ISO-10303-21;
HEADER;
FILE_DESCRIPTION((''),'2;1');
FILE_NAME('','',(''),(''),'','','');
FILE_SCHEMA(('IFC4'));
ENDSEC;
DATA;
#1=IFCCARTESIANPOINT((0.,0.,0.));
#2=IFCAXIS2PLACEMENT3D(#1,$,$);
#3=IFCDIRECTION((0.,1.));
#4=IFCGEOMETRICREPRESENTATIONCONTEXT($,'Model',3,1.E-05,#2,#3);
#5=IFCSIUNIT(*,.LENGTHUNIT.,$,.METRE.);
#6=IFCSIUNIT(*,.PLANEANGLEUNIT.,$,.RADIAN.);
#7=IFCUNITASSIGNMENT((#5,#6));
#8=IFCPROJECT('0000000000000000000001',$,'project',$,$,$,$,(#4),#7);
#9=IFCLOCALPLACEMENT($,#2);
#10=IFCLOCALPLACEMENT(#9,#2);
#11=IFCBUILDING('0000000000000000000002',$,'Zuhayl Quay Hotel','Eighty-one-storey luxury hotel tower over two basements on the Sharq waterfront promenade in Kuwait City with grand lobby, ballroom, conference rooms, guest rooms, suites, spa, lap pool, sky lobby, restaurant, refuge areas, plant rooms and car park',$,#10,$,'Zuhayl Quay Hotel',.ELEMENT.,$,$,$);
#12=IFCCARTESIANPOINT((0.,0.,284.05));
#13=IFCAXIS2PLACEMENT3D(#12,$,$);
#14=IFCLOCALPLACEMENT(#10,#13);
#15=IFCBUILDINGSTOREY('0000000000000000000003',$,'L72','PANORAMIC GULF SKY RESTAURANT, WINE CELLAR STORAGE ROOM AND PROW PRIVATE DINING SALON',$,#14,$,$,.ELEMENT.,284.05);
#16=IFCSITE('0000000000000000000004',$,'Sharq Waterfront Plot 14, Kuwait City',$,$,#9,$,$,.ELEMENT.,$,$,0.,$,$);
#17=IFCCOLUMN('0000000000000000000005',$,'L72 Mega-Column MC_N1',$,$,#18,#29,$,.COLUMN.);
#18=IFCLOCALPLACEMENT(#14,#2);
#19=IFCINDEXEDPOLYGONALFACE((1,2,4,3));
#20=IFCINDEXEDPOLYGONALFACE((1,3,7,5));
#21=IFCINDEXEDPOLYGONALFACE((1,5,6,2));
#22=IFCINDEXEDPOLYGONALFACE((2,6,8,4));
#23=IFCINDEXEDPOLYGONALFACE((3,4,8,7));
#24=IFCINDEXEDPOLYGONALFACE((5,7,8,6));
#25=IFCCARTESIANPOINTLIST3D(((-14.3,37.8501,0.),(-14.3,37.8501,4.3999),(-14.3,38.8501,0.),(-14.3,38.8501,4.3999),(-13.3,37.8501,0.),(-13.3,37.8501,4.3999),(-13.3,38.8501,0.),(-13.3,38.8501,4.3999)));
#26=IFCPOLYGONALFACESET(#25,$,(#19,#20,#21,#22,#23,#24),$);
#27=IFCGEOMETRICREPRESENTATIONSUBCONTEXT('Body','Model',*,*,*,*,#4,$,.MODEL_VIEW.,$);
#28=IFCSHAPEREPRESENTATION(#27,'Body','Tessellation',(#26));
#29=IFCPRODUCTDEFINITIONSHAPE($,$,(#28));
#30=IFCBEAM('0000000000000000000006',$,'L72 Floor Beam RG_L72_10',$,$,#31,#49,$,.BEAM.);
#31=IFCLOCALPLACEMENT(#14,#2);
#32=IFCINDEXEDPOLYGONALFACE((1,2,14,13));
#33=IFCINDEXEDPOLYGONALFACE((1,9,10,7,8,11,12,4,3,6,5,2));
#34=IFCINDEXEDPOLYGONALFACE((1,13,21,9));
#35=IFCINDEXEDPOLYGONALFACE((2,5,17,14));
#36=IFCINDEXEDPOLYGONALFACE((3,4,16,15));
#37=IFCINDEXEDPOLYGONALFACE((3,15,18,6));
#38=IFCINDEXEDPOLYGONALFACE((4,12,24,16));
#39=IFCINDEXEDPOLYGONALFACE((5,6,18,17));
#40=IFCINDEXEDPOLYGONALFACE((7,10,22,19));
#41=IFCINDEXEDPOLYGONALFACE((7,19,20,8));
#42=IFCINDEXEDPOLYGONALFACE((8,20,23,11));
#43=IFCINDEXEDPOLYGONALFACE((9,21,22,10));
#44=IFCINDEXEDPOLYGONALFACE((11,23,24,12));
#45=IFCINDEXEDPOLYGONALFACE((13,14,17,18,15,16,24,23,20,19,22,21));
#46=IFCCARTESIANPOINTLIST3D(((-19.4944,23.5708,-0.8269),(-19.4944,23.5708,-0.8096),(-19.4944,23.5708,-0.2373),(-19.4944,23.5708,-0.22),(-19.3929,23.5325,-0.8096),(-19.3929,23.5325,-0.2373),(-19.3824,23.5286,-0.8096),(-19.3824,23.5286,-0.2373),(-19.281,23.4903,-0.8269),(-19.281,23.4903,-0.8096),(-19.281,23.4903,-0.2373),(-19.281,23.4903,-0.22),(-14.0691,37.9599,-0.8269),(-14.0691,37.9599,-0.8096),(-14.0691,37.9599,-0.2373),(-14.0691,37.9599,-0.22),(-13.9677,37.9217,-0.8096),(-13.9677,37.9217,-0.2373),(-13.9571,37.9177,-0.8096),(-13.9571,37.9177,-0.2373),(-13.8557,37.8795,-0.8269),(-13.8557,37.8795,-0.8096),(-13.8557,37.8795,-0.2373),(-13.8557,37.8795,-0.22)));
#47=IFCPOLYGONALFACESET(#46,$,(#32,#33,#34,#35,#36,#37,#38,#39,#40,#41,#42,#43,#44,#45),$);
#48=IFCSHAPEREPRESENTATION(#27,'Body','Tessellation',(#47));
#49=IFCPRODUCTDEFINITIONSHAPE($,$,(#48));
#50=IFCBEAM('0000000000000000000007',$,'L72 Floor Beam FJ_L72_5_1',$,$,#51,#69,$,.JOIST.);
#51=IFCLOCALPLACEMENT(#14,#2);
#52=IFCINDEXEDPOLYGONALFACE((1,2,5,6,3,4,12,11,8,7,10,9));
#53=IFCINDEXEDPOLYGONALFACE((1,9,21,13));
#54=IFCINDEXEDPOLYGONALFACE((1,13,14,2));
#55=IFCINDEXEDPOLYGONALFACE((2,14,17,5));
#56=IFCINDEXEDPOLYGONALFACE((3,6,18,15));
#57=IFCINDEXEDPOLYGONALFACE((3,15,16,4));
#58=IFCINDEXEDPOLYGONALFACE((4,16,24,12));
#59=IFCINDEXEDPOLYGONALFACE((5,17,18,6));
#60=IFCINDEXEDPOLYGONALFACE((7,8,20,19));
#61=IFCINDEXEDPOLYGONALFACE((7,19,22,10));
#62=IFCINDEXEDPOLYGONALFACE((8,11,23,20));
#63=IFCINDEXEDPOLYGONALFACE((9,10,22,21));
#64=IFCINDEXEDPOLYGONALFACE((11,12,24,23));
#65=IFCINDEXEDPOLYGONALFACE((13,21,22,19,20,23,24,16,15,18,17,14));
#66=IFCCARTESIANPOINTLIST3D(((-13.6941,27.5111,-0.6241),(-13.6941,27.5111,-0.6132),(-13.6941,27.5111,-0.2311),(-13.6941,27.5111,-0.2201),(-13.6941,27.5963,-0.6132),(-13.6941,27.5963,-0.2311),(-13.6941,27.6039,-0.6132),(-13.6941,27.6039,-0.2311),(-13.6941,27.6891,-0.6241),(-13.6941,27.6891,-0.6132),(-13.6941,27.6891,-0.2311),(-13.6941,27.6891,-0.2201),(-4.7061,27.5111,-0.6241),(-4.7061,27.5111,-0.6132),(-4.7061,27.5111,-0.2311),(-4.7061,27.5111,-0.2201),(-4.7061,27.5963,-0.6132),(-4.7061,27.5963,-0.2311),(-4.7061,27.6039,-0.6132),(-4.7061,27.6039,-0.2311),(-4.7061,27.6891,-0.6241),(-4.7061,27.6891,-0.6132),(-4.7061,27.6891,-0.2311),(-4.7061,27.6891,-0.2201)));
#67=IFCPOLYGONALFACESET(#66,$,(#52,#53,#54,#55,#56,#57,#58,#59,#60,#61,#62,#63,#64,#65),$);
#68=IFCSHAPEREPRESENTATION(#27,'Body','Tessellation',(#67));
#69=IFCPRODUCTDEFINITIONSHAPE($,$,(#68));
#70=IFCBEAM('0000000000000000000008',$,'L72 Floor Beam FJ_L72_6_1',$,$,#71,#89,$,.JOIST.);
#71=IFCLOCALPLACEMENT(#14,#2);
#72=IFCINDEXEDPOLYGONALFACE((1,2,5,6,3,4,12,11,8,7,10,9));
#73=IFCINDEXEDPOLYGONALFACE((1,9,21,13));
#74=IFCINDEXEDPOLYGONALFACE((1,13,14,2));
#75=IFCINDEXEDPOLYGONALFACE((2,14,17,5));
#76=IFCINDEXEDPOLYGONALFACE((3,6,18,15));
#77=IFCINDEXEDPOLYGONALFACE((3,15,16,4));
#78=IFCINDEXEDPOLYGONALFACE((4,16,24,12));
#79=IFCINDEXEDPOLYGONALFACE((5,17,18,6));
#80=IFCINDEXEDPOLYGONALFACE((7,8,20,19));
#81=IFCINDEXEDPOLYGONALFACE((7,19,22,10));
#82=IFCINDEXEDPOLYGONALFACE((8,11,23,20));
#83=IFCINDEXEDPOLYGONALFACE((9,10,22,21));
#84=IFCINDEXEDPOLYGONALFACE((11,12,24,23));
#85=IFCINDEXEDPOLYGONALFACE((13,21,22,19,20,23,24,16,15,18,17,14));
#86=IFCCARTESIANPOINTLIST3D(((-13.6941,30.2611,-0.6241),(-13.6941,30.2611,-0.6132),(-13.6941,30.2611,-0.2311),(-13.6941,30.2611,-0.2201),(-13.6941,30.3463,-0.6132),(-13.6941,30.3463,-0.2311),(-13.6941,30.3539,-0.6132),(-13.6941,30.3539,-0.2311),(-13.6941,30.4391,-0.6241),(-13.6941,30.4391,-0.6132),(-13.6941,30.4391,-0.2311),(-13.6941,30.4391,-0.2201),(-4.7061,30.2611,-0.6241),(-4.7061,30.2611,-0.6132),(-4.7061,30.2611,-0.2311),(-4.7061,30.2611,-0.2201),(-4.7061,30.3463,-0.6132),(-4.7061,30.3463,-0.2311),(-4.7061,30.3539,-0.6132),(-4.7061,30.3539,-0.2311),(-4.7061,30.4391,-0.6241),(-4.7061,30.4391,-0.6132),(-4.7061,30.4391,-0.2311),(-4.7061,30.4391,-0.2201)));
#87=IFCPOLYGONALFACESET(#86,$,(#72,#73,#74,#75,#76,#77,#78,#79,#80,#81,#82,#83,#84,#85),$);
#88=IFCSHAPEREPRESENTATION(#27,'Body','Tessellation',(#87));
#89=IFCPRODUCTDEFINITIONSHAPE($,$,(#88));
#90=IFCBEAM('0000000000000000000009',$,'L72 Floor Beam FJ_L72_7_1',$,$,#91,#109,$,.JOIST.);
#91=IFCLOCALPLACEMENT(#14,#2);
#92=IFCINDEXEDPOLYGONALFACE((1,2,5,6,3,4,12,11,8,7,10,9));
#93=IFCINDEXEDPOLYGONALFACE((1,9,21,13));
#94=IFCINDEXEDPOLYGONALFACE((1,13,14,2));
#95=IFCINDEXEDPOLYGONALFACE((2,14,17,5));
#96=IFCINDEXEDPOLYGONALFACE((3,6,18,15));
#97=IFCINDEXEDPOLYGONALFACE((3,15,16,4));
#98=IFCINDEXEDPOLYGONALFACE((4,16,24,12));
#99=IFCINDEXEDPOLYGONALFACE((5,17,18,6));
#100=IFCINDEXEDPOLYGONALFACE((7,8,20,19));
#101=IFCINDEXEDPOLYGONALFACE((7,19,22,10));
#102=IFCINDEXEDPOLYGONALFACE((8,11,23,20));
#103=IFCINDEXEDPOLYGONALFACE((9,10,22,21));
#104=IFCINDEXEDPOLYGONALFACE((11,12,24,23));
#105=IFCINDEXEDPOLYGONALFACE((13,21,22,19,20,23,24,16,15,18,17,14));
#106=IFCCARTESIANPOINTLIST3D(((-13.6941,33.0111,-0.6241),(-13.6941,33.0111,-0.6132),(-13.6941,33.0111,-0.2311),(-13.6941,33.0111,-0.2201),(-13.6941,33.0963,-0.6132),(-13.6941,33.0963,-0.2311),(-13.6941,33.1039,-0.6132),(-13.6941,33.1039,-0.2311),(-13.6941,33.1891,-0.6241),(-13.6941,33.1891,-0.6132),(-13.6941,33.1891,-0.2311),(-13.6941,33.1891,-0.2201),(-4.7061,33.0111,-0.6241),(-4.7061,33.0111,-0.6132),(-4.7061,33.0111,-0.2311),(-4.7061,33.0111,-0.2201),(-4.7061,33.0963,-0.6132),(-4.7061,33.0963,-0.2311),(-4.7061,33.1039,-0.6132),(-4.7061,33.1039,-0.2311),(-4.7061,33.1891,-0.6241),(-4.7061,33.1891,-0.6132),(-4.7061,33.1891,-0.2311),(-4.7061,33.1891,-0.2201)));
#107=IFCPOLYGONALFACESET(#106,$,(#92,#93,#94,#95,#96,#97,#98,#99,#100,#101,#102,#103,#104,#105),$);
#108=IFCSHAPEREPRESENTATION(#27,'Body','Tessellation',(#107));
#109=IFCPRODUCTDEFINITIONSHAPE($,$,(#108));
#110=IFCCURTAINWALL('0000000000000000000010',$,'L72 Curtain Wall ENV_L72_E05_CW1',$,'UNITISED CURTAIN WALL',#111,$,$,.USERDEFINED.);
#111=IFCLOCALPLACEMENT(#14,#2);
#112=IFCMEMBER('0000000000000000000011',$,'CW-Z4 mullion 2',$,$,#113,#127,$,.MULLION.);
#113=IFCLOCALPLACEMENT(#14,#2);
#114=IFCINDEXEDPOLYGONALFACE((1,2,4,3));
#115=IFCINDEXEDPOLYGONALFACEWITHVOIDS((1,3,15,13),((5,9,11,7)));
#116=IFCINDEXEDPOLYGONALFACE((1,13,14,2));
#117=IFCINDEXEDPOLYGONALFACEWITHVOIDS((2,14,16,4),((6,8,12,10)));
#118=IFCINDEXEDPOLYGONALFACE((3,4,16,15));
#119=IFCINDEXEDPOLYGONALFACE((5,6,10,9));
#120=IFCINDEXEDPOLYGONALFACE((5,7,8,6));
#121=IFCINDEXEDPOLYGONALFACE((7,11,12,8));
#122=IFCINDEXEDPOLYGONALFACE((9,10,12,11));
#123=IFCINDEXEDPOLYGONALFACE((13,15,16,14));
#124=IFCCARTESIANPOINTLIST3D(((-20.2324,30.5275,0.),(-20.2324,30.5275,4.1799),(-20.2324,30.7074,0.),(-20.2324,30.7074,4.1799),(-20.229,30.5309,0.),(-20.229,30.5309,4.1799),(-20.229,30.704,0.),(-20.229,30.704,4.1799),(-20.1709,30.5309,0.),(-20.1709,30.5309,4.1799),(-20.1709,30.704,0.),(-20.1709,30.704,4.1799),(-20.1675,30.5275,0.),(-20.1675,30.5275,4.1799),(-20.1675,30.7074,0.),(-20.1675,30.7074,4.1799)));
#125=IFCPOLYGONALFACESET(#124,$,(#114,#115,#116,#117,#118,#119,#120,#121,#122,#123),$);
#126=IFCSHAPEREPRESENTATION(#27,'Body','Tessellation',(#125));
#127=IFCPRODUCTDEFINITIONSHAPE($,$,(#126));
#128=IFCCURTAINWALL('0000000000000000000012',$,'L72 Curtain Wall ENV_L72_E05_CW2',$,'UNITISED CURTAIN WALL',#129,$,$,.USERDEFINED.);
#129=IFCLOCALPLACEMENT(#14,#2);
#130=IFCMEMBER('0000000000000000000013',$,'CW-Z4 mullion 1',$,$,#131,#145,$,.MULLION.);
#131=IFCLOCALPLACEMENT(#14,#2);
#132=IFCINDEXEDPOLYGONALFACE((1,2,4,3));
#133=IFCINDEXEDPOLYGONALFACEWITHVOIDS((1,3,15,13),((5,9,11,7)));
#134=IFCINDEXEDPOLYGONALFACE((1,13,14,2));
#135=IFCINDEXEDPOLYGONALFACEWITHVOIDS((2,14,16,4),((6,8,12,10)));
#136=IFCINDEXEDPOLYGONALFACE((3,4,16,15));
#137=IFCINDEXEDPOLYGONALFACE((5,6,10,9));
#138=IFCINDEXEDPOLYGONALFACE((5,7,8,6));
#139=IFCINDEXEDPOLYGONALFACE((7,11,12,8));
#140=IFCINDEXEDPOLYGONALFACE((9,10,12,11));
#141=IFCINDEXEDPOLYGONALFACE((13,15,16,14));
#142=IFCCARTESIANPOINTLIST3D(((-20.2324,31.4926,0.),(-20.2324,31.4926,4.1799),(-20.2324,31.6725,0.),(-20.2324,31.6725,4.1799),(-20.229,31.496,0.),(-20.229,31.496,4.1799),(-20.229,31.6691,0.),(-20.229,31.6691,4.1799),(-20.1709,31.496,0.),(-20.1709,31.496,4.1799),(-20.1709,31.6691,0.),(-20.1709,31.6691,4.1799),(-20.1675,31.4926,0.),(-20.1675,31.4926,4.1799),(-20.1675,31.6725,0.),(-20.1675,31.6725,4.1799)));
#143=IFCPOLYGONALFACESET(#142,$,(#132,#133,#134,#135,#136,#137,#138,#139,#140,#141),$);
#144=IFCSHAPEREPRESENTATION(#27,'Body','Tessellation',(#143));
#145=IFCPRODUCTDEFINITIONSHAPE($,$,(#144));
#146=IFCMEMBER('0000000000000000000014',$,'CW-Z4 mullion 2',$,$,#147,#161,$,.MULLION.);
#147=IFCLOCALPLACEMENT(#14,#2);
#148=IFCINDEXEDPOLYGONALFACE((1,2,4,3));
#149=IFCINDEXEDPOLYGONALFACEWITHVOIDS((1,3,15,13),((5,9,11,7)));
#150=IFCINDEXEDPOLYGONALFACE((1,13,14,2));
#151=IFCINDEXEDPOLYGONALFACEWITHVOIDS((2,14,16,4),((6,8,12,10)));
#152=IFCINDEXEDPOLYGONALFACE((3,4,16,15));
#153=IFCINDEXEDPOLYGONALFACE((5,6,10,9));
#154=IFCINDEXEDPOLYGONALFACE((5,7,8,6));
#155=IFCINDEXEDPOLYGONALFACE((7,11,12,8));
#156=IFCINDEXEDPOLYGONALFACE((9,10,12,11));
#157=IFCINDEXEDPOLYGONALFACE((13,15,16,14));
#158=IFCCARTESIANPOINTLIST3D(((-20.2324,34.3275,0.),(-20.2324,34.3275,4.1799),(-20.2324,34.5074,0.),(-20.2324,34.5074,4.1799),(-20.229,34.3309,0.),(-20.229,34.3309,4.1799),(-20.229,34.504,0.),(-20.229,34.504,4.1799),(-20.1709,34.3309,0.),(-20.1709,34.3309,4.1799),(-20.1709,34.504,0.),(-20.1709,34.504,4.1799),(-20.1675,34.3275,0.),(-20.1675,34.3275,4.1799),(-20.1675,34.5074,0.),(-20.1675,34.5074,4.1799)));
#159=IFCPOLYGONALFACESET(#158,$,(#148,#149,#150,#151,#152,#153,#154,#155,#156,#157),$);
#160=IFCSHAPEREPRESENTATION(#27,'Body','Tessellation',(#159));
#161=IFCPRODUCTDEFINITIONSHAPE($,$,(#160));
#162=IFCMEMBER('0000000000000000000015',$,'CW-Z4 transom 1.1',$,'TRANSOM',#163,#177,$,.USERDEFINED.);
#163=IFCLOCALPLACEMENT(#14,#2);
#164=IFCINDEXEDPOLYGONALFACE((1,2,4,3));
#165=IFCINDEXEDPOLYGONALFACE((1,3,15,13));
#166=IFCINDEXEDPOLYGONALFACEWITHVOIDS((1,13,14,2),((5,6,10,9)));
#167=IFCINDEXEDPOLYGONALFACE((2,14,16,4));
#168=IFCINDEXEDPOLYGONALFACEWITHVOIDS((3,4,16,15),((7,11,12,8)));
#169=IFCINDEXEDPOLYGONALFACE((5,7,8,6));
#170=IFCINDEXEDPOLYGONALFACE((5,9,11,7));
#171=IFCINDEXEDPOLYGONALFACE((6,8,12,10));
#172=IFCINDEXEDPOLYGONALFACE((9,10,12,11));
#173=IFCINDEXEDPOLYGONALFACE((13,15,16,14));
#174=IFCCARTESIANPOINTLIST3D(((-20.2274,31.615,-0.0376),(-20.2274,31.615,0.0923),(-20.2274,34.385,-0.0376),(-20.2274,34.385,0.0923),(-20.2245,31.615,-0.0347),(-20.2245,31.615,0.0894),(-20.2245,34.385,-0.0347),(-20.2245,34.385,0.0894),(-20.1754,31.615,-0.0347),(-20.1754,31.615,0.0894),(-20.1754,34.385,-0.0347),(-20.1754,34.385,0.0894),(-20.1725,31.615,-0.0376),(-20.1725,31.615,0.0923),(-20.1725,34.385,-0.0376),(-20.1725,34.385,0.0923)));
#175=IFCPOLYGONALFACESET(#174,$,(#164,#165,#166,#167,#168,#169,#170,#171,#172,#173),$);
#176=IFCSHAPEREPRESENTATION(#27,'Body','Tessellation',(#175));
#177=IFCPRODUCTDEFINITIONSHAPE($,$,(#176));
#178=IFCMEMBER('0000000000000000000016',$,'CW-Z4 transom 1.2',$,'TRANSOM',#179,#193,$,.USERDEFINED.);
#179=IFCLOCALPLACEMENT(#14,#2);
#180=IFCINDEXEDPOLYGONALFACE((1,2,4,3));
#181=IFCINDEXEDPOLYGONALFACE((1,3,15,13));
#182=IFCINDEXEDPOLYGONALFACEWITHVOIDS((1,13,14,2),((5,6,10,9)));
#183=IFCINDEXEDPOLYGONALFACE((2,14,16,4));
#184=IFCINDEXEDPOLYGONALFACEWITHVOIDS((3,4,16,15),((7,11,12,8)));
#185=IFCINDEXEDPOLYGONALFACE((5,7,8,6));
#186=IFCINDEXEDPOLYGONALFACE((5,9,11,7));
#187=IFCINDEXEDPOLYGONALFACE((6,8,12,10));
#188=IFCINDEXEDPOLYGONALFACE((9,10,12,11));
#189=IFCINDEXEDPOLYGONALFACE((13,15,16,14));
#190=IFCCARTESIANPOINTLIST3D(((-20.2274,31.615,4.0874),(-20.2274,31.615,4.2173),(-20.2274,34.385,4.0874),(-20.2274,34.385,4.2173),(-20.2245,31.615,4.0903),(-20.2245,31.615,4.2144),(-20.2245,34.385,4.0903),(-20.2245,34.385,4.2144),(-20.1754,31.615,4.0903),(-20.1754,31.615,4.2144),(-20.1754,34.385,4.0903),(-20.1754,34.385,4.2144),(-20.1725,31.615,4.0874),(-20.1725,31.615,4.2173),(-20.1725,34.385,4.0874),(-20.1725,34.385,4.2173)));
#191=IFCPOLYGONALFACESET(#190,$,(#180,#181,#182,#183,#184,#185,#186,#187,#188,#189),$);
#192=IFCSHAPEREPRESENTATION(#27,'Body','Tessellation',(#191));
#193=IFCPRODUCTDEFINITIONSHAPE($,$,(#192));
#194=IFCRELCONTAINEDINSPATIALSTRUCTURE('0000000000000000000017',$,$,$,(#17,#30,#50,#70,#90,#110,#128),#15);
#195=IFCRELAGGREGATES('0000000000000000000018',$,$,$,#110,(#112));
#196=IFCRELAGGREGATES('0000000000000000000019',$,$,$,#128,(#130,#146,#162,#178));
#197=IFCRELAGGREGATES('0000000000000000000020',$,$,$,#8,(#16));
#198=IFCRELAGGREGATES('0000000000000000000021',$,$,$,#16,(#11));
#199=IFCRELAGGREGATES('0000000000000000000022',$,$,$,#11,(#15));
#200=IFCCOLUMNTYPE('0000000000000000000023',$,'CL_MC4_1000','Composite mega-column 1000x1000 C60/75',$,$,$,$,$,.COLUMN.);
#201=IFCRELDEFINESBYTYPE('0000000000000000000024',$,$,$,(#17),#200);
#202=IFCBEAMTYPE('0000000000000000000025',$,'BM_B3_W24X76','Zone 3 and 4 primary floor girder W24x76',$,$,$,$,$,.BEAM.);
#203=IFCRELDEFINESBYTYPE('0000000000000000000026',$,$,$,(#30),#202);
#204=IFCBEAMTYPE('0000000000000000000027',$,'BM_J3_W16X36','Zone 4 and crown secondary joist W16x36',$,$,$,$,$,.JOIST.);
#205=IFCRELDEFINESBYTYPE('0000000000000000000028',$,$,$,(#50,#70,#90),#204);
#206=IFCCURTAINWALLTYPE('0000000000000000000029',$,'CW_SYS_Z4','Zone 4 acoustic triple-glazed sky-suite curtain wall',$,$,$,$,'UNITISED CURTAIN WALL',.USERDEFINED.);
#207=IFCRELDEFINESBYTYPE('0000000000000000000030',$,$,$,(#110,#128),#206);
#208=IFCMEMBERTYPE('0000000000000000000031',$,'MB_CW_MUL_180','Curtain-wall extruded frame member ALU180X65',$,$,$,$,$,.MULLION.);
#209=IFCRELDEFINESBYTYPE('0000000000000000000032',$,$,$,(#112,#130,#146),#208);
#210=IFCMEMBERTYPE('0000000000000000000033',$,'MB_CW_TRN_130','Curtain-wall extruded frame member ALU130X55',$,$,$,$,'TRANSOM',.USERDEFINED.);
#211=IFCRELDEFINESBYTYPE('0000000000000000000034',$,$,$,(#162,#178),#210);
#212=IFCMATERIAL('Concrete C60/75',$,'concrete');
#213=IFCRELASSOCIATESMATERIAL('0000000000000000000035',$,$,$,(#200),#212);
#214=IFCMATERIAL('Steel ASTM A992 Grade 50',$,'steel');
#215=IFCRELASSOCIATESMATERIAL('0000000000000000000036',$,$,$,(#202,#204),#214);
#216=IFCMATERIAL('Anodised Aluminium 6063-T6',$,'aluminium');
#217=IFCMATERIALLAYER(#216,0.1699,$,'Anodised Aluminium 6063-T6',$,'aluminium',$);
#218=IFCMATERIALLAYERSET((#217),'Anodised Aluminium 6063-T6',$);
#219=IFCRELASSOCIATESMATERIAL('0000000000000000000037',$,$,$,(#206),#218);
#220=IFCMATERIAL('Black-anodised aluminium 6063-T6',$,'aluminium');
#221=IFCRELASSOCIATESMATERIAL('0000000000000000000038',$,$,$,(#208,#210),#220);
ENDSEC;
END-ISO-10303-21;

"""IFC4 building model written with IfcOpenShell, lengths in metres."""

from ifc_helpers import new_model, si_unit, direction, frame, origin, origin_2d, place, context, subcontext, project, spatial, rectangle, hollow_rectangle, i_section, extrude, material, layer, layer_set, material_profile, profile_set, type_object, element, aggregate, save


model = new_model("IFC4")

# Units and contexts
model_context = context("Model", 3, precision=1e-05, world=origin(), true_north=direction((0.0, 1.0)))
body_context = subcontext(model_context, "Body", "Model", "MODEL_VIEW")
ifc_project = project(units=[si_unit("LENGTHUNIT", "METRE"), si_unit("PLANEANGLEUNIT", "RADIAN")], contexts=[model_context])

# Site, building, storey
site_placement = place(None, origin())
site = spatial("IfcSite", under=ifc_project, at=site_placement, Name="Sharq Waterfront Plot 14, Kuwait City", CompositionType="ELEMENT", RefElevation=0.0)
building_placement = place(site_placement, origin())
building = spatial("IfcBuilding", under=site, at=building_placement, Name="Zuhayl Quay Hotel", Description="Eighty-one-storey luxury hotel tower over two basements on the Sharq waterfront promenade in Kuwait City with grand lobby, ballroom, conference rooms, guest rooms, suites, spa, lap pool, sky lobby, restaurant, refuge areas, plant rooms and car park", LongName="Zuhayl Quay Hotel", CompositionType="ELEMENT")
storey_placement = place(building_placement, frame((0.0, 0.0, 284.05)))
storey = spatial("IfcBuildingStorey", under=building, at=storey_placement, Name="L72", Description="PANORAMIC GULF SKY RESTAURANT, WINE CELLAR STORAGE ROOM AND PROW PRIVATE DINING SALON", CompositionType="ELEMENT", Elevation=284.05)

# Column
ifc_material_1 = material(Name="Concrete C60/75", Category="concrete")
ifc_material_profile_1 = material_profile(ifc_material_1, rectangle(XDim=1.0, YDim=1.0, at=origin_2d()), Name="RC1000X1000")
ifc_profile_set_1 = profile_set([ifc_material_profile_1], Name="Concrete C60/75")
column_type = type_object("IfcColumnType", Name="CL_MC4_1000", Description="Composite mega-column 1000x1000 C60/75", PredefinedType="COLUMN", material=ifc_profile_set_1)
column_placement = place(storey_placement, frame((-13.8, 38.3501, 0.0), z_axis=(0.0, 0.0, 1.0), x_axis=(1.0, 0.0, 0.0)))
element("IfcColumn", 1, at=column_placement, inside=storey, type_object=column_type, Name="L72 Mega-Column MC_N1", PredefinedType="COLUMN", context=body_context, shape_type="SweptSolid", body=[
    extrude(rectangle(XDim=1.0, YDim=1.0, at=origin_2d()), origin(), (0.0, 0.0, 1.0), 4.3999),
])

# Beams
ifc_material_2 = material(Name="Steel ASTM A992 Grade 50", Category="steel")
ifc_material_profile_2 = material_profile(ifc_material_2, i_section(OverallWidth=0.228, OverallDepth=0.6069, WebThickness=0.0112, FlangeThickness=0.0173, at=origin_2d()), Name="W24X76")
ifc_profile_set_2 = profile_set([ifc_material_profile_2], Name="Steel ASTM A992 Grade 50")
beam_type_1 = type_object("IfcBeamType", Name="BM_B3_W24X76", Description="Zone 3 and 4 primary floor girder W24x76", PredefinedType="BEAM", material=ifc_profile_set_2)
beam_placement = place(storey_placement, frame((-13.9624, 37.9197, -0.5234), z_axis=(-0.352797, -0.9357, 0.0), x_axis=(0.9357, -0.352797, 0.0)))
element("IfcBeam", 2, at=beam_placement, inside=storey, type_object=beam_type_1, Name="L72 Floor Beam RG_L72_10", PredefinedType="BEAM", context=body_context, shape_type="SweptSolid", body=[
    extrude(i_section(OverallWidth=0.228, OverallDepth=0.6069, WebThickness=0.0112, FlangeThickness=0.0173, at=origin_2d()), origin(), (0.0, 0.0, 1.0), 15.3779),
])
ifc_material_profile_3 = material_profile(ifc_material_2, i_section(OverallWidth=0.178, OverallDepth=0.4041, WebThickness=0.0076, FlangeThickness=0.011, at=origin_2d()), Name="W16X36")
ifc_profile_set_3 = profile_set([ifc_material_profile_3], Name="Steel ASTM A992 Grade 50")
beam_type_2 = type_object("IfcBeamType", Name="BM_J3_W16X36", Description="Zone 4 and crown secondary joist W16x36", PredefinedType="JOIST", material=ifc_profile_set_3)
for number, where, z_axis, x_axis, name in (
    (3, (-13.6941, 27.6001, -0.4221), (1.0, 0.0, 0.0), (0.0, 1.0, 0.0), "L72 Floor Beam FJ_L72_5_1"),
    (4, (-13.6941, 30.3501, -0.4221), (1.0, 0.0, 0.0), (0.0, 1.0, 0.0), "L72 Floor Beam FJ_L72_6_1"),
    (5, (-13.6941, 33.1001, -0.4221), (1.0, 0.0, 0.0), (0.0, 1.0, 0.0), "L72 Floor Beam FJ_L72_7_1"),
):
    element("IfcBeam", number, at=place(storey_placement, frame(where, z_axis=z_axis, x_axis=x_axis)), inside=storey, type_object=beam_type_2, Name=name, PredefinedType="JOIST", context=body_context, shape_type="SweptSolid", body=[
        extrude(i_section(OverallWidth=0.178, OverallDepth=0.4041, WebThickness=0.0076, FlangeThickness=0.011, at=origin_2d()), origin(), (0.0, 0.0, 1.0), 8.988),
    ])

# Curtain wall, member
ifc_material_3 = material(Name="Anodised Aluminium 6063-T6", Category="aluminium")
ifc_layer_1 = layer(ifc_material_3, 0.1699, Name="Anodised Aluminium 6063-T6", Category="aluminium")
ifc_layer_set_1 = layer_set([ifc_layer_1], Name="Anodised Aluminium 6063-T6")
curtain_wall_type = type_object("IfcCurtainWallType", Name="CW_SYS_Z4", Description="Zone 4 acoustic triple-glazed sky-suite curtain wall", ElementType="UNITISED CURTAIN WALL", PredefinedType="USERDEFINED", material=ifc_layer_set_1)
curtain_wall_1_placement = place(storey_placement, origin())
curtain_wall_1 = element("IfcCurtainWall", 6, at=curtain_wall_1_placement, inside=storey, type_object=curtain_wall_type, Name="L72 Curtain Wall ENV_L72_E05_CW1", ObjectType="UNITISED CURTAIN WALL", PredefinedType="USERDEFINED")
ifc_material_4 = material(Name="Black-anodised aluminium 6063-T6", Category="aluminium")
ifc_material_profile_4 = material_profile(ifc_material_4, hollow_rectangle(XDim=0.0649, YDim=0.1799, WallThickness=0.0034, at=origin_2d()), Name="ALU180X65")
ifc_profile_set_4 = profile_set([ifc_material_profile_4], Name="Black-anodised aluminium 6063-T6")
member_type_1 = type_object("IfcMemberType", Name="MB_CW_MUL_180", Description="Curtain-wall extruded frame member ALU180X65", PredefinedType="MULLION", material=ifc_profile_set_4)
member_1_placement = place(storey_placement, frame((-20.2, 30.6174, 0.0), z_axis=(0.0, 0.0, 1.0), x_axis=(-1.0, 0.0, 0.0)))
member_1 = element("IfcMember", 7, at=member_1_placement, type_object=member_type_1, Name="CW-Z4 mullion 2", PredefinedType="MULLION", context=body_context, shape_type="SweptSolid", body=[
    extrude(hollow_rectangle(XDim=0.0649, YDim=0.1799, WallThickness=0.0034, at=origin_2d()), origin(), (0.0, 0.0, 1.0), 4.1799),
])

# Curtain wall, members
curtain_wall_2_placement = place(storey_placement, origin())
curtain_wall_2 = element("IfcCurtainWall", 8, at=curtain_wall_2_placement, inside=storey, type_object=curtain_wall_type, Name="L72 Curtain Wall ENV_L72_E05_CW2", ObjectType="UNITISED CURTAIN WALL", PredefinedType="USERDEFINED")
member_2_placement = place(storey_placement, frame((-20.2, 31.5825, 0.0), z_axis=(0.0, 0.0, 1.0), x_axis=(-1.0, 0.0, 0.0)))
member_2 = element("IfcMember", 9, at=member_2_placement, type_object=member_type_1, Name="CW-Z4 mullion 1", PredefinedType="MULLION", context=body_context, shape_type="SweptSolid", body=[
    extrude(hollow_rectangle(XDim=0.0649, YDim=0.1799, WallThickness=0.0034, at=origin_2d()), origin(), (0.0, 0.0, 1.0), 4.1799),
])
member_3_placement = place(storey_placement, frame((-20.2, 34.4175, 0.0), z_axis=(0.0, 0.0, 1.0), x_axis=(-1.0, 0.0, 0.0)))
member_3 = element("IfcMember", 10, at=member_3_placement, type_object=member_type_1, Name="CW-Z4 mullion 2", PredefinedType="MULLION", context=body_context, shape_type="SweptSolid", body=[
    extrude(hollow_rectangle(XDim=0.0649, YDim=0.1799, WallThickness=0.0034, at=origin_2d()), origin(), (0.0, 0.0, 1.0), 4.1799),
])
ifc_material_profile_5 = material_profile(ifc_material_4, hollow_rectangle(XDim=0.0549, YDim=0.1299, WallThickness=0.0029, at=origin_2d()), Name="ALU130X55")
ifc_profile_set_5 = profile_set([ifc_material_profile_5], Name="Black-anodised aluminium 6063-T6")
member_type_2 = type_object("IfcMemberType", Name="MB_CW_TRN_130", Description="Curtain-wall extruded frame member ALU130X55", ElementType="TRANSOM", PredefinedType="USERDEFINED", material=ifc_profile_set_5)
member_4_placement = place(storey_placement, frame((-20.2, 31.615, 0.0273), z_axis=(0.0, 1.0, 0.0), x_axis=(-1.0, 0.0, 0.0)))
member_4 = element("IfcMember", 11, at=member_4_placement, type_object=member_type_2, Name="CW-Z4 transom 1.1", ObjectType="TRANSOM", PredefinedType="USERDEFINED", context=body_context, shape_type="SweptSolid", body=[
    extrude(hollow_rectangle(XDim=0.0549, YDim=0.1299, WallThickness=0.0029, at=origin_2d()), origin(), (0.0, 0.0, 1.0), 2.77),
])
member_5_placement = place(storey_placement, frame((-20.2, 31.615, 4.1523), z_axis=(0.0, 1.0, 0.0), x_axis=(-1.0, 0.0, 0.0)))
member_5 = element("IfcMember", 12, at=member_5_placement, type_object=member_type_2, Name="CW-Z4 transom 1.2", ObjectType="TRANSOM", PredefinedType="USERDEFINED", context=body_context, shape_type="SweptSolid", body=[
    extrude(hollow_rectangle(XDim=0.0549, YDim=0.1299, WallThickness=0.0029, at=origin_2d()), origin(), (0.0, 0.0, 1.0), 2.77),
])

aggregate(curtain_wall_1, [member_1])
aggregate(curtain_wall_2, [member_2, member_3, member_4, member_5])

save(model, "model.ifc")
